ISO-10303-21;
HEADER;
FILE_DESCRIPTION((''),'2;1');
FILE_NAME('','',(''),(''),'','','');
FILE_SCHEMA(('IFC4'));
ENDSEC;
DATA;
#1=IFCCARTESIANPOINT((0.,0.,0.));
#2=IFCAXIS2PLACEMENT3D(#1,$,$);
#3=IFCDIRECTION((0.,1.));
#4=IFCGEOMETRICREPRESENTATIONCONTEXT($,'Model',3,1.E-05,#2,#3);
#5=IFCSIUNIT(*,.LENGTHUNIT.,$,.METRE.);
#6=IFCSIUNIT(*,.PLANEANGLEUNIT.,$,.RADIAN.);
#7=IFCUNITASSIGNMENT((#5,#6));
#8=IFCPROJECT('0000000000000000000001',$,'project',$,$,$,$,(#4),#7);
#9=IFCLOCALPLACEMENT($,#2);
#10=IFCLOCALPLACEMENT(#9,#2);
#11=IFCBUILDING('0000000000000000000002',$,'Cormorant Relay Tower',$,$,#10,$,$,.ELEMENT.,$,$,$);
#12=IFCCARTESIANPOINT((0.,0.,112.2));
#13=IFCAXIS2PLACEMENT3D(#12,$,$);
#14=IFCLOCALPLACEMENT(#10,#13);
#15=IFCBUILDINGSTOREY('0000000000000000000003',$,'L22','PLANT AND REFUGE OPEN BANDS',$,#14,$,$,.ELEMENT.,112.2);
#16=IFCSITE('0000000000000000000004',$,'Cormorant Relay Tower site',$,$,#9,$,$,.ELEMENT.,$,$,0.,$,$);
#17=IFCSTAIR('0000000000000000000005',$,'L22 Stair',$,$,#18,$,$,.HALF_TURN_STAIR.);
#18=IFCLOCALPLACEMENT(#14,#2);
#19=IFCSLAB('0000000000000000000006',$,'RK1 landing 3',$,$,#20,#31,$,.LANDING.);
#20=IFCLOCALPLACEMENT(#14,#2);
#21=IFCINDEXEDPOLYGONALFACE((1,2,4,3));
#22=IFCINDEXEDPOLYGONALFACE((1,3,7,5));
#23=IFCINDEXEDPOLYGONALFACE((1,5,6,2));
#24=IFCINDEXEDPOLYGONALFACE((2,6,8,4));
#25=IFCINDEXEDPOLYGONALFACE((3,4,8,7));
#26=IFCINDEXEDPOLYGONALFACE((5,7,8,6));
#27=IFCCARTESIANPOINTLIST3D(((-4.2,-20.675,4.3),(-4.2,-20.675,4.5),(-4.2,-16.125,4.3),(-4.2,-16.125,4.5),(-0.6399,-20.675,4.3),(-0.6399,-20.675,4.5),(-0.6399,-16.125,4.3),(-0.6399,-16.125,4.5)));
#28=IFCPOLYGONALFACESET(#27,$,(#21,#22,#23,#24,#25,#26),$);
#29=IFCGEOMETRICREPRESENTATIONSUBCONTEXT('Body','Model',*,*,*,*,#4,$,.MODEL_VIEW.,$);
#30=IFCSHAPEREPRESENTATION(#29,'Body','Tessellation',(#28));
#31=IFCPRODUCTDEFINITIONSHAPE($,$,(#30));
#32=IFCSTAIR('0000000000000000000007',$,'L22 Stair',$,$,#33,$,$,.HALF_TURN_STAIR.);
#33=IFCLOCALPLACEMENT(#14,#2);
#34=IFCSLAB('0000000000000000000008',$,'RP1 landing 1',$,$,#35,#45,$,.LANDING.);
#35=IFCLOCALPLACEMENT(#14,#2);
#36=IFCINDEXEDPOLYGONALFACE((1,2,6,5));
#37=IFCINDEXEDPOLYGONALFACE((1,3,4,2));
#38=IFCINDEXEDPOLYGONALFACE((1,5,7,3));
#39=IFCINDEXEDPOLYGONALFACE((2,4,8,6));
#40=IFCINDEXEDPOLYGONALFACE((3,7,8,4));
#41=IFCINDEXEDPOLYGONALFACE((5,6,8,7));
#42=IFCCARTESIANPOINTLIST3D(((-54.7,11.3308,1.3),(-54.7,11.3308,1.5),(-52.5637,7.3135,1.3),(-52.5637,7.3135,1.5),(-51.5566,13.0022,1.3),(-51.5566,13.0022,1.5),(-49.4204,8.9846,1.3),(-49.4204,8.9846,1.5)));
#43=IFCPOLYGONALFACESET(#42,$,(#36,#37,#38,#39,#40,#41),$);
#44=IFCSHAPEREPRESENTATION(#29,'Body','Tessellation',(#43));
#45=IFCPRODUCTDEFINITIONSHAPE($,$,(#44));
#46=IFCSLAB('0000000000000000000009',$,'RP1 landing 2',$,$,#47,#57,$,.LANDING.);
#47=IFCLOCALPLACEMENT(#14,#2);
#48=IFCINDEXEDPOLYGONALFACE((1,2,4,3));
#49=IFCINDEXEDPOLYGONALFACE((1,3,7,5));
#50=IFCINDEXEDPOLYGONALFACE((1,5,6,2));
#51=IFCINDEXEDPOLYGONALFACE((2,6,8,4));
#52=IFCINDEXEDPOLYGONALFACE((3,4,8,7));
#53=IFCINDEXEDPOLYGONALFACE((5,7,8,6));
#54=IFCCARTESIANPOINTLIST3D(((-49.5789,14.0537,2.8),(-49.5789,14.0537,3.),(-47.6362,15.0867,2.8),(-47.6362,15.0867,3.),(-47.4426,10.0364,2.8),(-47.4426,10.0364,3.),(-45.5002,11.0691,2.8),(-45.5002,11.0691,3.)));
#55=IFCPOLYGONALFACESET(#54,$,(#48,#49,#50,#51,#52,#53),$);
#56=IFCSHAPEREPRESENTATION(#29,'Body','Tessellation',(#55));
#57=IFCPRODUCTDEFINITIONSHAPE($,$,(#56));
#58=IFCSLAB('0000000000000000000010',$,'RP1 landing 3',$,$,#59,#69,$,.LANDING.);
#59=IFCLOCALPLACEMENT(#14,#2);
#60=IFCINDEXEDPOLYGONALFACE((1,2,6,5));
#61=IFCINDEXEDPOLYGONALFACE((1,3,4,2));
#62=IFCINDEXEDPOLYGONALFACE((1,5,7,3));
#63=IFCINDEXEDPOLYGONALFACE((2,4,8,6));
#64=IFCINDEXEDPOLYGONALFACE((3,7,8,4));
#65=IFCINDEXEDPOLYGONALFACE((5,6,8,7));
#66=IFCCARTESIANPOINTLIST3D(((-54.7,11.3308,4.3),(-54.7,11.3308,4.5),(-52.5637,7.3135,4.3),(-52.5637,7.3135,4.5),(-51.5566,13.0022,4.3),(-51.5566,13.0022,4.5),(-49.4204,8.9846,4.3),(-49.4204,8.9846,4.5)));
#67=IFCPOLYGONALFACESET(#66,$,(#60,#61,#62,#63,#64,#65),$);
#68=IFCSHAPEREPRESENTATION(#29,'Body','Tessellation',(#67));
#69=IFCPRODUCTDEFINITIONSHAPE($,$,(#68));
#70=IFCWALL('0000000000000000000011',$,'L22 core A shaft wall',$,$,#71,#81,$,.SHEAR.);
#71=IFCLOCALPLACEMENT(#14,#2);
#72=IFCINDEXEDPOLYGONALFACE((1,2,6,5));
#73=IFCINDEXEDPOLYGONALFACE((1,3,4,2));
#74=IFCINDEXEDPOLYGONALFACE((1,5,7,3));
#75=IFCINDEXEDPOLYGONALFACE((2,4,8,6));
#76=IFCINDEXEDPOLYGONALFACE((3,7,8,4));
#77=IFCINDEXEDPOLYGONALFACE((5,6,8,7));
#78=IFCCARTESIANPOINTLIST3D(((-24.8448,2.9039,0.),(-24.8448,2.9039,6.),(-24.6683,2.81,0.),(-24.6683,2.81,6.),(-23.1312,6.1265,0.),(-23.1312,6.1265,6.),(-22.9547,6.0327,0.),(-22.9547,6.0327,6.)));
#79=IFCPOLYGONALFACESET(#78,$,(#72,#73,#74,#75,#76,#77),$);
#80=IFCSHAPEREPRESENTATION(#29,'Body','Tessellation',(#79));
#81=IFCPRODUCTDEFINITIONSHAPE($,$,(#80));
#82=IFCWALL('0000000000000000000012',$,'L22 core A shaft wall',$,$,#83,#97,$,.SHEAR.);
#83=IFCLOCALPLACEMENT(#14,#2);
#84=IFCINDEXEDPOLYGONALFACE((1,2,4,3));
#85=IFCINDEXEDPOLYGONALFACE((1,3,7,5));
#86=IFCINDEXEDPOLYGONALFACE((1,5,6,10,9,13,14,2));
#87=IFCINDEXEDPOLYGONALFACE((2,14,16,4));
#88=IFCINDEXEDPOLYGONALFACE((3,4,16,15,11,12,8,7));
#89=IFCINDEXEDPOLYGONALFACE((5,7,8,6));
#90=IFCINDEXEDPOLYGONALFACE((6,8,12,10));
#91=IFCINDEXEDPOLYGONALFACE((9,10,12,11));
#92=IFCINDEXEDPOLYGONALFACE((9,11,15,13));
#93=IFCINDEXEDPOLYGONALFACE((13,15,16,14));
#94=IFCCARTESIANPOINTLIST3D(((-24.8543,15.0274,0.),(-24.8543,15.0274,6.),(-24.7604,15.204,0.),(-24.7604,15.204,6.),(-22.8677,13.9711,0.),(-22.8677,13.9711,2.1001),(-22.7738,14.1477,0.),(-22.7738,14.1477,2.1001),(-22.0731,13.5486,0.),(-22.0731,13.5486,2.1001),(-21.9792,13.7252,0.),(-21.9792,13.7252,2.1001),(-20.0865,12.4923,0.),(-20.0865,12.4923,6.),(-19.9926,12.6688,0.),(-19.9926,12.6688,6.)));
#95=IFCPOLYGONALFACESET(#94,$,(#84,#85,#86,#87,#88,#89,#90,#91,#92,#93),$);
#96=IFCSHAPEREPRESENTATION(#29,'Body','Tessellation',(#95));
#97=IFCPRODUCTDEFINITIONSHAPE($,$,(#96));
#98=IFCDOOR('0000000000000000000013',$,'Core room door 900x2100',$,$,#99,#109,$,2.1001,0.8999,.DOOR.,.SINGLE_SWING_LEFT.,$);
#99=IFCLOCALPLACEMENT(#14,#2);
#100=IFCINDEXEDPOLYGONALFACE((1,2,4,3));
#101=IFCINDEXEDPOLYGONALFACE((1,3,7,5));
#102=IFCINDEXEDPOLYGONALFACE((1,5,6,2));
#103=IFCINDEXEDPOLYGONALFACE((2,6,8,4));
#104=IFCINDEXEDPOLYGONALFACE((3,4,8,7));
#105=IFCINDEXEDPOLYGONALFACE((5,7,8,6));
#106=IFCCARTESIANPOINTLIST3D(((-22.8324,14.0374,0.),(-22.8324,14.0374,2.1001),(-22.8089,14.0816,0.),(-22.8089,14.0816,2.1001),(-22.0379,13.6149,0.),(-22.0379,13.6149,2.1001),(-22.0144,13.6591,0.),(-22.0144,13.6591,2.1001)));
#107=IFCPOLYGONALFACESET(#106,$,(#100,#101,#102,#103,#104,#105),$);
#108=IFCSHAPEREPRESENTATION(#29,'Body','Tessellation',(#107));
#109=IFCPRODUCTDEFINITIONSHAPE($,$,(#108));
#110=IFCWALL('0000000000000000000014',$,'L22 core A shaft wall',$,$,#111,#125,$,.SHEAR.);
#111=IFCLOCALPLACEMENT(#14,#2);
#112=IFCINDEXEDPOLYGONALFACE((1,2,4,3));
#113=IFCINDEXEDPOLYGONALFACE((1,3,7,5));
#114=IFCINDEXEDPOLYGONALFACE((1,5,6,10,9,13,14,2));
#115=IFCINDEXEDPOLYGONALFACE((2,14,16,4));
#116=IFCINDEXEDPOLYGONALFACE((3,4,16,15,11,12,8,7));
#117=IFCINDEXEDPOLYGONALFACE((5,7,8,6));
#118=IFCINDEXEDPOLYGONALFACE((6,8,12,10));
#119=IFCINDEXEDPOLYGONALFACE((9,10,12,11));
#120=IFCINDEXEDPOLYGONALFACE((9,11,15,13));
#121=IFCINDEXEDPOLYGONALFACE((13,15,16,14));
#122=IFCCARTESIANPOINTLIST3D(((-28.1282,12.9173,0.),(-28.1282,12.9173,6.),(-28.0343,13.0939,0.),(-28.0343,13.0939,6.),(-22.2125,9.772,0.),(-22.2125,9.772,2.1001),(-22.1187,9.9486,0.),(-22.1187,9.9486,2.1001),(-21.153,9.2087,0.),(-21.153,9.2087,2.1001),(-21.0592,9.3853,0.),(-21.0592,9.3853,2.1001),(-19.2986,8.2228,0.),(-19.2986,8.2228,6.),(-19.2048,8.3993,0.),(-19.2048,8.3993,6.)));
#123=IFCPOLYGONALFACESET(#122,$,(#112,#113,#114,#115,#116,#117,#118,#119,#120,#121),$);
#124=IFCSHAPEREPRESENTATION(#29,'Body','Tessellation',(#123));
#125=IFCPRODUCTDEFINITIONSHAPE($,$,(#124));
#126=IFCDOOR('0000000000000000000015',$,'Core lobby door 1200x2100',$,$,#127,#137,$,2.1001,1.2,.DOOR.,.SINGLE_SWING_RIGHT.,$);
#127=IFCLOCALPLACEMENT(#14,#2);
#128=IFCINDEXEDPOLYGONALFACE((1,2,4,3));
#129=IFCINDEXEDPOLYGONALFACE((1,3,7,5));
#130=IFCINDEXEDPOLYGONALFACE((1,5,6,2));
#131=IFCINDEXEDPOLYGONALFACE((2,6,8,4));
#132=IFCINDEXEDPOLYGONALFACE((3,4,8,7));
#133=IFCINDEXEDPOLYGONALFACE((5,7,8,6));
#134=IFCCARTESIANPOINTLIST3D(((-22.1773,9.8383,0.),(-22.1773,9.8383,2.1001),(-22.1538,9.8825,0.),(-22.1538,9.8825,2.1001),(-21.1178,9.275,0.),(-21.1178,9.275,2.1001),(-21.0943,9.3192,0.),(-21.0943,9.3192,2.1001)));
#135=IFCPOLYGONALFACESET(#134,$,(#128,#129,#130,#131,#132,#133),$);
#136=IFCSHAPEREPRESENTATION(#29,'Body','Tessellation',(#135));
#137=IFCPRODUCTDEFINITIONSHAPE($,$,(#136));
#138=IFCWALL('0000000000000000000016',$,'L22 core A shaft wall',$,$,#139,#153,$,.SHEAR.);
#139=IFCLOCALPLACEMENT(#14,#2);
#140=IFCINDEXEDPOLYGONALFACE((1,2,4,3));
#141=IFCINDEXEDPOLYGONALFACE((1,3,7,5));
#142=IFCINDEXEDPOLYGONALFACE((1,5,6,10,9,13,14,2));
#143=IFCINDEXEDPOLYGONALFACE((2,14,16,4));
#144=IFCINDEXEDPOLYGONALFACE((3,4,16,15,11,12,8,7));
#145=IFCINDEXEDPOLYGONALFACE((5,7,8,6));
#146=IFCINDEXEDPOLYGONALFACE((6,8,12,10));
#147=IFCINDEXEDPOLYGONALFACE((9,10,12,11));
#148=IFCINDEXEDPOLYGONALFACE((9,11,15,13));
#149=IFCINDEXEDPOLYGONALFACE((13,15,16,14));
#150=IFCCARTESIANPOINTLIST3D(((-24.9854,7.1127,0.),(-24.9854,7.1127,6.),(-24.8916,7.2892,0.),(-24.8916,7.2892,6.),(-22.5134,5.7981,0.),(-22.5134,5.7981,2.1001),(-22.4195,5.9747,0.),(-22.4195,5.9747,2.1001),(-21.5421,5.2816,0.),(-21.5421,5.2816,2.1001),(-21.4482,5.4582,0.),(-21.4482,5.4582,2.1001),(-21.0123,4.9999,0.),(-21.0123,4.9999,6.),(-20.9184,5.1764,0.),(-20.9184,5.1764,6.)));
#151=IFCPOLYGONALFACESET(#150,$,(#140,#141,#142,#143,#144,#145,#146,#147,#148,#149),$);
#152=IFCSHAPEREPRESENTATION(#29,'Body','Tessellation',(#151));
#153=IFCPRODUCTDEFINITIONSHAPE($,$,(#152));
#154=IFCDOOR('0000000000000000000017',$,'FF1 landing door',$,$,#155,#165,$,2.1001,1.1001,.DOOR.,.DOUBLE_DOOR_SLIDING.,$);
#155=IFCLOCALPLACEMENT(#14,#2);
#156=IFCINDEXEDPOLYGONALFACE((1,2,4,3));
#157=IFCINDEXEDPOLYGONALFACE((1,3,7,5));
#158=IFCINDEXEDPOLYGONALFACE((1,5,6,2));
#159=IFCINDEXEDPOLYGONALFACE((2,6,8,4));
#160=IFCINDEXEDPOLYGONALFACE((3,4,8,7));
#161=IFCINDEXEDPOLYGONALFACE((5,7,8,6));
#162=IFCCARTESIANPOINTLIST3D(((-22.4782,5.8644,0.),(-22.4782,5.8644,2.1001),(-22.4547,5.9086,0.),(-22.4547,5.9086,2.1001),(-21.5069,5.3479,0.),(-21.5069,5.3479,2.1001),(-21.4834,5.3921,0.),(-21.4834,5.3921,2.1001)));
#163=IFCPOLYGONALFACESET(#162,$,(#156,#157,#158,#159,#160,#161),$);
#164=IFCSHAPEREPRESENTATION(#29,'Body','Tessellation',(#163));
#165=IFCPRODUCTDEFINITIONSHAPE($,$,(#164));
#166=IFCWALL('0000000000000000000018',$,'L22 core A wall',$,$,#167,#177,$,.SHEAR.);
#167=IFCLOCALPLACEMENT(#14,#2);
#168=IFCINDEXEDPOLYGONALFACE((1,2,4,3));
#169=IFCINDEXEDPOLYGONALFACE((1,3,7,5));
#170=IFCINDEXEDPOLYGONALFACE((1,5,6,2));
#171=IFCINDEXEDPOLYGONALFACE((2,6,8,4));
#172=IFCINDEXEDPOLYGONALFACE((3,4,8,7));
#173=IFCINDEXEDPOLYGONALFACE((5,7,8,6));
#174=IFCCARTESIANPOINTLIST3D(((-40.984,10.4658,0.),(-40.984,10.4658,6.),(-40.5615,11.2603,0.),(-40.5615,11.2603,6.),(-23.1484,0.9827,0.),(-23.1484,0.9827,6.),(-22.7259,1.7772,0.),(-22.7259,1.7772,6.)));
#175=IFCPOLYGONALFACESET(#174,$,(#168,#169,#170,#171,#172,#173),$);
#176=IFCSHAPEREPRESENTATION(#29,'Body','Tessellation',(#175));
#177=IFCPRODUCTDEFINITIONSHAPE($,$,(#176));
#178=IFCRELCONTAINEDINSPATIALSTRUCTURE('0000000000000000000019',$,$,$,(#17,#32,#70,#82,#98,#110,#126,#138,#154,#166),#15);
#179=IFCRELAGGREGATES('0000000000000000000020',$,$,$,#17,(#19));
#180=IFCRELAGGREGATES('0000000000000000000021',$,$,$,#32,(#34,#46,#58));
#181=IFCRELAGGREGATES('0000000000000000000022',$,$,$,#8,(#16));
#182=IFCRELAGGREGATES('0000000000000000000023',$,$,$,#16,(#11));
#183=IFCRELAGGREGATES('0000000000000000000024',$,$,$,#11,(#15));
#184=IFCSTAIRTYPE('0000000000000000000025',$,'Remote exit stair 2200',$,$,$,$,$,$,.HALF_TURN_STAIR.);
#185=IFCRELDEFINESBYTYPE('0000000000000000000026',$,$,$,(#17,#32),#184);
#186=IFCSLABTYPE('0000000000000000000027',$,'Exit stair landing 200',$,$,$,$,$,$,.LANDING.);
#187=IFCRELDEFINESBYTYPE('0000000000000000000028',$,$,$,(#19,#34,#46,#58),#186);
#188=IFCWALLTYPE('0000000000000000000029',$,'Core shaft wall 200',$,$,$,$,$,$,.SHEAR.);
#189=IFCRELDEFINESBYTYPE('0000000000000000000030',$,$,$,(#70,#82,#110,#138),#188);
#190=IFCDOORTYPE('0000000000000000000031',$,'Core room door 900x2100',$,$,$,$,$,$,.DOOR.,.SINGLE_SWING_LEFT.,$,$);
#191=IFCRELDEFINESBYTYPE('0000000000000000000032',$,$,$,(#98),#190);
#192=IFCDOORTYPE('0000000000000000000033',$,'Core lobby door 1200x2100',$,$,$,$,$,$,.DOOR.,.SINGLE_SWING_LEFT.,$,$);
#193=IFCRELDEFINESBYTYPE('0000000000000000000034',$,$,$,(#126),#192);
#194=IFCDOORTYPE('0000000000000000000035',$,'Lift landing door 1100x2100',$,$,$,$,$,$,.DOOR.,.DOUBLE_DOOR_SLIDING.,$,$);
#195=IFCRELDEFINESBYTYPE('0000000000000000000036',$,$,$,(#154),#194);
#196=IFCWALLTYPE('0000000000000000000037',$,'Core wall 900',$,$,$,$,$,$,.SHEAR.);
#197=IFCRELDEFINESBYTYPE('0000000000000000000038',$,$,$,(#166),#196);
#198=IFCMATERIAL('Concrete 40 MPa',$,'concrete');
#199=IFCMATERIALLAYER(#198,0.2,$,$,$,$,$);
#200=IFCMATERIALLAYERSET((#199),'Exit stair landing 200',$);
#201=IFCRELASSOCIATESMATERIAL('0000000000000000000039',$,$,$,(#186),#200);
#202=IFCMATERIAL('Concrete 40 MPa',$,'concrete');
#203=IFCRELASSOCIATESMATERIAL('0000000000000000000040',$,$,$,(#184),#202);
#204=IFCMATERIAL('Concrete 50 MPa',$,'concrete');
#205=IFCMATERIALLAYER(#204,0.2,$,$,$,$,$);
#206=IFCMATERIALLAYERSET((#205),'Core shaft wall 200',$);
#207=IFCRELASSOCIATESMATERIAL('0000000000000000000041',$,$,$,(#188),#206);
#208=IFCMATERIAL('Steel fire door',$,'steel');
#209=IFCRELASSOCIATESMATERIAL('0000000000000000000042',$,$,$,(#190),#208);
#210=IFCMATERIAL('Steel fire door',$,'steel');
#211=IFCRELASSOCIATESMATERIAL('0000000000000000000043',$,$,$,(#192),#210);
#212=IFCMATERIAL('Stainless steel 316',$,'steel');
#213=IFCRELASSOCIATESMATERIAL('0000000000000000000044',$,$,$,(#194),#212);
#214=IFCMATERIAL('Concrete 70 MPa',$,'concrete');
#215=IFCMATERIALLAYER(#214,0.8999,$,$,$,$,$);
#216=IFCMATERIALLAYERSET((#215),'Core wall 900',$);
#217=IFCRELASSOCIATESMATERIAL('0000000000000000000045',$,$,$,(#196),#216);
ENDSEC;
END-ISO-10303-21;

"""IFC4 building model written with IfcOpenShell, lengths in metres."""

from ifc_helpers import new_model, si_unit, direction, frame, frame_2d, origin, place, context, subcontext, project, spatial, polyline, rectangle, outline, extrude, material, layer, layer_set, type_object, element, fill, aggregate, save


model = new_model("IFC4")

# Units and contexts
model_context = context("Model", 3, precision=1e-05, world=origin(), true_north=direction((0.0, 1.0)))
body_context = subcontext(model_context, "Body", "Model", "MODEL_VIEW")
ifc_project = project(units=[si_unit("LENGTHUNIT", "METRE"), si_unit("PLANEANGLEUNIT", "RADIAN")], contexts=[model_context])

# Site, building, storey
site_placement = place(None, origin())
site = spatial("IfcSite", under=ifc_project, at=site_placement, Name="Cormorant Relay Tower site", CompositionType="ELEMENT", RefElevation=0.0)
building_placement = place(site_placement, origin())
building = spatial("IfcBuilding", under=site, at=building_placement, Name="Cormorant Relay Tower", CompositionType="ELEMENT")
storey_placement = place(building_placement, frame((0.0, 0.0, 112.2)))
storey = spatial("IfcBuildingStorey", under=building, at=storey_placement, Name="L22", Description="PLANT AND REFUGE OPEN BANDS", CompositionType="ELEMENT", Elevation=112.2)

# Shared definitions
ifc_material_1 = material(Name="Concrete 40 MPa", Category="concrete")
ifc_layer_1 = layer(ifc_material_1, 0.2)
ifc_layer_set_1 = layer_set([ifc_layer_1], Name="Exit stair landing 200")
slab_type = type_object("IfcSlabType", Name="Exit stair landing 200", PredefinedType="LANDING", material=ifc_layer_set_1)

# Stairs, slabs
ifc_material_2 = material(Name="Concrete 40 MPa", Category="concrete")
stair_type_1 = type_object("IfcStairType", Name="Remote exit stair 2200", PredefinedType="HALF_TURN_STAIR", material=ifc_material_2)
stair_1_placement = place(storey_placement, origin())
stair_1 = element("IfcStair", 1, at=stair_1_placement, inside=storey, type_object=stair_type_1, Name="L22 Stair", PredefinedType="HALF_TURN_STAIR")
slab_1_placement = place(storey_placement, frame((0.0, 0.0, 4.3)))
slab_1 = element("IfcSlab", 2, at=slab_1_placement, type_object=slab_type, Name="RK1 landing 3", PredefinedType="LANDING", context=body_context, shape_type="SweptSolid", body=[
    extrude(outline(polyline([(-0.6399, -16.125), (-4.2, -16.125), (-4.2, -20.675), (-0.6399, -20.675), (-0.6399, -16.125)])), origin(), (0.0, 0.0, 1.0), 0.2),
])
aggregate(stair_1, [slab_1])
stair_2_placement = place(storey_placement, origin())
stair_2 = element("IfcStair", 3, at=stair_2_placement, inside=storey, type_object=stair_type_1, Name="L22 Stair", PredefinedType="HALF_TURN_STAIR")
slab_2_placement = place(storey_placement, frame((0.0, 0.0, 1.3)))
slab_2 = element("IfcSlab", 4, at=slab_2_placement, type_object=slab_type, Name="RP1 landing 1", PredefinedType="LANDING", context=body_context, shape_type="SweptSolid", body=[
    extrude(outline(polyline([(-51.5566, 13.0022), (-54.7, 11.3308), (-52.5637, 7.3135), (-49.4204, 8.9846), (-51.5566, 13.0022)])), origin(), (0.0, 0.0, 1.0), 0.2),
])
slab_3_placement = place(storey_placement, frame((0.0, 0.0, 2.8)))
slab_3 = element("IfcSlab", 5, at=slab_3_placement, type_object=slab_type, Name="RP1 landing 2", PredefinedType="LANDING", context=body_context, shape_type="SweptSolid", body=[
    extrude(outline(polyline([(-47.6362, 15.0867), (-49.5789, 14.0537), (-47.4426, 10.0364), (-45.5002, 11.0691), (-47.6362, 15.0867)])), origin(), (0.0, 0.0, 1.0), 0.2),
])
slab_4_placement = place(storey_placement, frame((0.0, 0.0, 4.3)))
slab_4 = element("IfcSlab", 6, at=slab_4_placement, type_object=slab_type, Name="RP1 landing 3", PredefinedType="LANDING", context=body_context, shape_type="SweptSolid", body=[
    extrude(outline(polyline([(-51.5566, 13.0022), (-54.7, 11.3308), (-52.5637, 7.3135), (-49.4204, 8.9846), (-51.5566, 13.0022)])), origin(), (0.0, 0.0, 1.0), 0.2),
])
aggregate(stair_2, [slab_2, slab_3, slab_4])

# Wall
ifc_material_3 = material(Name="Concrete 50 MPa", Category="concrete")
ifc_layer_2 = layer(ifc_material_3, 0.2)
ifc_layer_set_2 = layer_set([ifc_layer_2], Name="Core shaft wall 200")
wall_type_1 = type_object("IfcWallType", Name="Core shaft wall 200", PredefinedType="SHEAR", material=ifc_layer_set_2)
wall_1_placement = place(storey_placement, frame((-23.043, 6.0796, 0.0), z_axis=(0.0, 0.0, 1.0), x_axis=(-0.469494, -0.882936, 0.0)))
element("IfcWall", 7, at=wall_1_placement, inside=storey, type_object=wall_type_1, Name="L22 core A shaft wall", PredefinedType="SHEAR", context=body_context, shape_type="SweptSolid", body=[
    extrude(rectangle(XDim=3.6499, YDim=0.2, at=frame_2d((1.825, 0.0))), origin(), (0.0, 0.0, 1.0), 6.0),
])

# Walls, openings, doors
wall_2_placement = place(storey_placement, frame((-20.0396, 12.5806, 0.0), z_axis=(0.0, 0.0, 1.0), x_axis=(-0.882943, 0.46948, 0.0)))
wall_2 = element("IfcWall", 8, at=wall_2_placement, inside=storey, type_object=wall_type_1, Name="L22 core A shaft wall", PredefinedType="SHEAR", context=body_context, shape_type="SweptSolid", body=[
    extrude(rectangle(XDim=5.3999, YDim=0.2, at=frame_2d((2.7, 0.0))), origin(), (0.0, 0.0, 1.0), 6.0),
])
opening_1_placement = place(wall_2_placement, frame((2.25, 0.0, 0.0)))
opening_1 = element("IfcOpeningElement", 9, at=opening_1_placement, cuts=wall_2, PredefinedType="OPENING", context=body_context, shape_type="SweptSolid", body=[
    extrude(rectangle(XDim=0.8999, YDim=2.1001, at=frame_2d((0.45, 1.05))), frame((0.0, 0.1099, 0.0), z_axis=(0.0, -1.0, 0.0), x_axis=(1.0, 0.0, 0.0)), (0.0, 0.0, 1.0), 0.22),
])
ifc_material_4 = material(Name="Steel fire door", Category="steel")
door_type_1 = type_object("IfcDoorType", Name="Core room door 900x2100", OperationType="SINGLE_SWING_LEFT", PredefinedType="DOOR", material=ifc_material_4)
door_1_placement = place(opening_1_placement, origin())
door_1 = element("IfcDoor", 10, at=door_1_placement, inside=storey, type_object=door_type_1, Name="Core room door 900x2100", OperationType="SINGLE_SWING_LEFT", OverallHeight=2.1001, OverallWidth=0.8999, PredefinedType="DOOR", context=body_context, shape_type="SweptSolid", body=[
    extrude(rectangle(XDim=0.8999, YDim=2.1001, at=frame_2d((0.45, 1.05))), frame((0.0, 0.0249, 0.0), z_axis=(0.0, -1.0, 0.0), x_axis=(1.0, 0.0, 0.0)), (0.0, 0.0, 1.0), 0.05),
])
fill(opening_1, door_1)
wall_3_placement = place(storey_placement, frame((-19.2517, 8.311, 0.0), z_axis=(0.0, 0.0, 1.0), x_axis=(-0.882956, 0.469456, 0.0)))
wall_3 = element("IfcWall", 11, at=wall_3_placement, inside=storey, type_object=wall_type_1, Name="L22 core A shaft wall", PredefinedType="SHEAR", context=body_context, shape_type="SweptSolid", body=[
    extrude(rectangle(XDim=10.0, YDim=0.2, at=frame_2d((5.0, 0.0))), origin(), (0.0, 0.0, 1.0), 6.0),
])
opening_2_placement = place(wall_3_placement, frame((2.1001, 0.0, 0.0)))
opening_2 = element("IfcOpeningElement", 12, at=opening_2_placement, cuts=wall_3, PredefinedType="OPENING", context=body_context, shape_type="SweptSolid", body=[
    extrude(rectangle(XDim=1.2, YDim=2.1001, at=frame_2d((0.6001, 1.05))), frame((0.0, 0.1099, 0.0), z_axis=(0.0, -1.0, 0.0), x_axis=(1.0, 0.0, 0.0)), (0.0, 0.0, 1.0), 0.22),
])
ifc_material_5 = material(Name="Steel fire door", Category="steel")
door_type_2 = type_object("IfcDoorType", Name="Core lobby door 1200x2100", OperationType="SINGLE_SWING_LEFT", PredefinedType="DOOR", material=ifc_material_5)
door_2_placement = place(opening_2_placement, origin())
door_2 = element("IfcDoor", 13, at=door_2_placement, inside=storey, type_object=door_type_2, Name="Core lobby door 1200x2100", OperationType="SINGLE_SWING_RIGHT", OverallHeight=2.1001, OverallWidth=1.2, PredefinedType="DOOR", context=body_context, shape_type="SweptSolid", body=[
    extrude(rectangle(XDim=1.2, YDim=2.1001, at=frame_2d((0.6001, 1.05))), frame((0.0, 0.0249, 0.0), z_axis=(0.0, -1.0, 0.0), x_axis=(1.0, 0.0, 0.0)), (0.0, 0.0, 1.0), 0.05),
])
fill(opening_2, door_2)
wall_4_placement = place(storey_placement, frame((-20.9653, 5.0881, 0.0), z_axis=(0.0, 0.0, 1.0), x_axis=(-0.882926, 0.469512, 0.0)))
wall_4 = element("IfcWall", 14, at=wall_4_placement, inside=storey, type_object=wall_type_1, Name="L22 core A shaft wall", PredefinedType="SHEAR", context=body_context, shape_type="SweptSolid", body=[
    extrude(rectangle(XDim=4.5, YDim=0.2, at=frame_2d((2.25, 0.0))), origin(), (0.0, 0.0, 1.0), 6.0),
])
opening_3_placement = place(wall_4_placement, frame((0.6001, 0.0, 0.0)))
opening_3 = element("IfcOpeningElement", 15, at=opening_3_placement, cuts=wall_4, PredefinedType="OPENING", context=body_context, shape_type="SweptSolid", body=[
    extrude(rectangle(XDim=1.1001, YDim=2.1001, at=frame_2d((0.55, 1.05))), frame((0.0, 0.1099, 0.0), z_axis=(0.0, -1.0, 0.0), x_axis=(1.0, 0.0, 0.0)), (0.0, 0.0, 1.0), 0.22),
])
ifc_material_6 = material(Name="Stainless steel 316", Category="steel")
door_type_3 = type_object("IfcDoorType", Name="Lift landing door 1100x2100", OperationType="DOUBLE_DOOR_SLIDING", PredefinedType="DOOR", material=ifc_material_6)
door_3_placement = place(opening_3_placement, origin())
door_3 = element("IfcDoor", 16, at=door_3_placement, inside=storey, type_object=door_type_3, Name="FF1 landing door", OperationType="DOUBLE_DOOR_SLIDING", OverallHeight=2.1001, OverallWidth=1.1001, PredefinedType="DOOR", context=body_context, shape_type="SweptSolid", body=[
    extrude(rectangle(XDim=1.1001, YDim=2.1001, at=frame_2d((0.55, 1.05))), frame((0.0, 0.0249, 0.0), z_axis=(0.0, -1.0, 0.0), x_axis=(1.0, 0.0, 0.0)), (0.0, 0.0, 1.0), 0.05),
])
fill(opening_3, door_3)

# Wall
ifc_material_7 = material(Name="Concrete 70 MPa", Category="concrete")
ifc_layer_3 = layer(ifc_material_7, 0.8999)
ifc_layer_set_3 = layer_set([ifc_layer_3], Name="Core wall 900")
wall_type_2 = type_object("IfcWallType", Name="Core wall 900", PredefinedType="SHEAR", material=ifc_layer_set_3)
wall_5_placement = place(storey_placement, frame((-22.937, 1.3799, 0.0), z_axis=(0.0, 0.0, 1.0), x_axis=(-0.882953, 0.469462, 0.0)))
element("IfcWall", 17, at=wall_5_placement, inside=storey, type_object=wall_type_2, Name="L22 core A wall", PredefinedType="SHEAR", context=body_context, shape_type="SweptSolid", body=[
    extrude(rectangle(XDim=20.2, YDim=0.8999, at=frame_2d((10.1001, 0.0))), origin(), (0.0, 0.0, 1.0), 6.0),
])

save(model, "model.ifc")
